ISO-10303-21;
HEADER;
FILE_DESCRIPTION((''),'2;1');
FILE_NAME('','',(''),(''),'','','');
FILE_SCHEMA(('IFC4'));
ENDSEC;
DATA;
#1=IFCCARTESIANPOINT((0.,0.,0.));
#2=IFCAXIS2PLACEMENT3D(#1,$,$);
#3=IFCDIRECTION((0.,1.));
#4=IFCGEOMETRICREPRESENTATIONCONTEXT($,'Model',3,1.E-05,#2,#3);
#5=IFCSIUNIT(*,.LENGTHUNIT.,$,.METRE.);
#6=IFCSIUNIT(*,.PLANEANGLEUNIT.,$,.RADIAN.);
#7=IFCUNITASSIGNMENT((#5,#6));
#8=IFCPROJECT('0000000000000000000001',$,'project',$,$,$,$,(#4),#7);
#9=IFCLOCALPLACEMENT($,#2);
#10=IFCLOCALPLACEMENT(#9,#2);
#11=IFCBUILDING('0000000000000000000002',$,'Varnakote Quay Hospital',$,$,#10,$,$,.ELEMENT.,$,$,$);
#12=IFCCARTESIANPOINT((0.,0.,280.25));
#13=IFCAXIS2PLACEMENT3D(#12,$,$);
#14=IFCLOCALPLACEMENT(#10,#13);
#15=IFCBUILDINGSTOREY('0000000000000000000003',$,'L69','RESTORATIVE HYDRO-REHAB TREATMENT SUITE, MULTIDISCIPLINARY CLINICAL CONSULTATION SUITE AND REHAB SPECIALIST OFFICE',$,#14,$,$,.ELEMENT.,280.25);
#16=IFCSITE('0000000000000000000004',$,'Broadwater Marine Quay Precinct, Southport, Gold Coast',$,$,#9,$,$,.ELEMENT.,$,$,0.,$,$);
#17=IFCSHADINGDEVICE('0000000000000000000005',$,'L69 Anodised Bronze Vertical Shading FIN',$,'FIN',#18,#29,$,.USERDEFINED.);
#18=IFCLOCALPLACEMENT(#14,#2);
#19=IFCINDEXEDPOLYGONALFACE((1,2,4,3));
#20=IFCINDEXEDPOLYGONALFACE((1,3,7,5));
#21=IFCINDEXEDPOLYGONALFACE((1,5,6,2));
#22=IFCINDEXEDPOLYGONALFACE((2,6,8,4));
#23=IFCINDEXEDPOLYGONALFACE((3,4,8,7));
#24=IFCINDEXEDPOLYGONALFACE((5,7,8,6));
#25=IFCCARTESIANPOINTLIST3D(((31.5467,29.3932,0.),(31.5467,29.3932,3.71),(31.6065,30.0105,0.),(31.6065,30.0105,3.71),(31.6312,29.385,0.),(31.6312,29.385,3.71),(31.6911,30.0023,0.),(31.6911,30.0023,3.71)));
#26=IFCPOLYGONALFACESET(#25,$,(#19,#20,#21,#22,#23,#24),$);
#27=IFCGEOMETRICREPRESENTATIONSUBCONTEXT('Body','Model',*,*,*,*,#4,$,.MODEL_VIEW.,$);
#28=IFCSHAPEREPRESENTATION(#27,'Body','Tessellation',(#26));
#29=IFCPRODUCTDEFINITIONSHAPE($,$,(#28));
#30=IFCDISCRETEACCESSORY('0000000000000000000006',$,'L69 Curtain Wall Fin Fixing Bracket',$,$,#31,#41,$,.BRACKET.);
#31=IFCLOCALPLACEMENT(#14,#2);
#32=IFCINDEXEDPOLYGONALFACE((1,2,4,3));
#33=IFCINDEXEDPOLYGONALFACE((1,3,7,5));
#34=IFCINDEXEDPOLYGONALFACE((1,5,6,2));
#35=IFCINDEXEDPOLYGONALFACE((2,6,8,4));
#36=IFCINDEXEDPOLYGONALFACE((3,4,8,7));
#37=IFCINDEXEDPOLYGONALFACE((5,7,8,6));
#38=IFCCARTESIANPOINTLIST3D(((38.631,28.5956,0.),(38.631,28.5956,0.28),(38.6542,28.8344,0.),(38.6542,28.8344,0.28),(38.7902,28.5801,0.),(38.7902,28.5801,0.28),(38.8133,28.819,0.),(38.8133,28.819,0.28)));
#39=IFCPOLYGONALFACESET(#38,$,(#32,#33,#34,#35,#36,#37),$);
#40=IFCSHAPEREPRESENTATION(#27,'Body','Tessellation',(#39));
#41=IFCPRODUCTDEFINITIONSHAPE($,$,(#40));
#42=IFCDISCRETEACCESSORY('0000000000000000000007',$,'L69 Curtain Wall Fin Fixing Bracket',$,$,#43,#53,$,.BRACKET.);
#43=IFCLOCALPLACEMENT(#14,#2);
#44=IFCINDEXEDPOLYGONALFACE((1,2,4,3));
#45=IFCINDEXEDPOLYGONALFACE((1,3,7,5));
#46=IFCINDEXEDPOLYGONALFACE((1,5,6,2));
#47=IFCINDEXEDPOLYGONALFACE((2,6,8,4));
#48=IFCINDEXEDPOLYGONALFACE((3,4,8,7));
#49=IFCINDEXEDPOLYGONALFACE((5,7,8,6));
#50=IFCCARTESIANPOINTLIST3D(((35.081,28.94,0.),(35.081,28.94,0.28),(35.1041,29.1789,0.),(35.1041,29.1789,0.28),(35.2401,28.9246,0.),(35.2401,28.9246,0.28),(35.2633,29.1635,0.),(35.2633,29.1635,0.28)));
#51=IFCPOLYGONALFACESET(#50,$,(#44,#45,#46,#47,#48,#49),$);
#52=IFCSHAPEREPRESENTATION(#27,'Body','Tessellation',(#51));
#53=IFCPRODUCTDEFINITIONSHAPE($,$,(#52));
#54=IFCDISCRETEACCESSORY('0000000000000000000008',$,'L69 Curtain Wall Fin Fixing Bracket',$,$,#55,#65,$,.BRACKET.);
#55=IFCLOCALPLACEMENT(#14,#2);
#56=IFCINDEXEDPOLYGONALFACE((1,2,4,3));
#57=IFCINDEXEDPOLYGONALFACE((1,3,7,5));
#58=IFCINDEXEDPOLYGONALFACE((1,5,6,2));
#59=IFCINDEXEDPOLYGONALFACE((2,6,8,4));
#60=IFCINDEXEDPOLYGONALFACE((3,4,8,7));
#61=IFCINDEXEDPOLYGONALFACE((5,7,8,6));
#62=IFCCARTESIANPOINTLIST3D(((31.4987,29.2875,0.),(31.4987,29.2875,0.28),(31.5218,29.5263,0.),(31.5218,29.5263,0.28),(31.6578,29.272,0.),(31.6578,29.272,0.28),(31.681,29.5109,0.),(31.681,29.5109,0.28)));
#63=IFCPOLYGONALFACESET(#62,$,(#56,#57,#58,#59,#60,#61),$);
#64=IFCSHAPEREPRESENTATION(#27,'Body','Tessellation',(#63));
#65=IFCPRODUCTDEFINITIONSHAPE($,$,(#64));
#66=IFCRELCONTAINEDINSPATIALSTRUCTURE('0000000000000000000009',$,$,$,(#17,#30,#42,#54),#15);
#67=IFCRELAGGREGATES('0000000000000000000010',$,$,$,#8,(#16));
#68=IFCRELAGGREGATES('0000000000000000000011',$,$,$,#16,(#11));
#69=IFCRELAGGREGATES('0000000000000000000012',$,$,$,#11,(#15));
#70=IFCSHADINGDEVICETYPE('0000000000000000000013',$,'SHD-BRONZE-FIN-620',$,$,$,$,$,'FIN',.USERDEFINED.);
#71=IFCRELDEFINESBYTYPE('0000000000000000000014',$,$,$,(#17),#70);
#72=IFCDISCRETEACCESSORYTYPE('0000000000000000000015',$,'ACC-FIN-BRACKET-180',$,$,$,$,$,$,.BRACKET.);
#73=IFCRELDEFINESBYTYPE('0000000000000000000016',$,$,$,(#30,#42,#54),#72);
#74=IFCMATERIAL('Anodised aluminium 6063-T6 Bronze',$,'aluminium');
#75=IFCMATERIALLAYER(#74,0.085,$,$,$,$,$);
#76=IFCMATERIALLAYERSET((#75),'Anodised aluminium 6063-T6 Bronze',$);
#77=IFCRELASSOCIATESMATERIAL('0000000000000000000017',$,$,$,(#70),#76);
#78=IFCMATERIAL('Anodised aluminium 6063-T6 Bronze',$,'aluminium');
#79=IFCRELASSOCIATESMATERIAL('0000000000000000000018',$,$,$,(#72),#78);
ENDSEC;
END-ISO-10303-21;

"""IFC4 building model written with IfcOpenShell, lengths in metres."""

from ifc_helpers import new_model, si_unit, direction, frame, origin, origin_2d, place, context, subcontext, project, spatial, rectangle, extrude, material, layer, layer_set, type_object, element, save


model = new_model("IFC4")

# Units and contexts
model_context = context("Model", 3, precision=1e-05, world=origin(), true_north=direction((0.0, 1.0)))
body_context = subcontext(model_context, "Body", "Model", "MODEL_VIEW")
ifc_project = project(units=[si_unit("LENGTHUNIT", "METRE"), si_unit("PLANEANGLEUNIT", "RADIAN")], contexts=[model_context])

# Site, building, storey
site_placement = place(None, origin())
site = spatial("IfcSite", under=ifc_project, at=site_placement, Name="Broadwater Marine Quay Precinct, Southport, Gold Coast", CompositionType="ELEMENT", RefElevation=0.0)
building_placement = place(site_placement, origin())
building = spatial("IfcBuilding", under=site, at=building_placement, Name="Varnakote Quay Hospital", CompositionType="ELEMENT")
storey_placement = place(building_placement, frame((0.0, 0.0, 280.25)))
storey = spatial("IfcBuildingStorey", under=building, at=storey_placement, Name="L69", Description="RESTORATIVE HYDRO-REHAB TREATMENT SUITE, MULTIDISCIPLINARY CLINICAL CONSULTATION SUITE AND REHAB SPECIALIST OFFICE", CompositionType="ELEMENT", Elevation=280.25)

# Shading device
ifc_material_1 = material(Name="Anodised aluminium 6063-T6 Bronze", Category="aluminium")
ifc_layer_1 = layer(ifc_material_1, 0.085)
ifc_layer_set_1 = layer_set([ifc_layer_1], Name="Anodised aluminium 6063-T6 Bronze")
shading_device_type = type_object("IfcShadingDeviceType", Name="SHD-BRONZE-FIN-620", ElementType="FIN", PredefinedType="USERDEFINED", material=ifc_layer_set_1)
for number, where, z_axis, x_axis, name in (
    (1, (31.6189, 29.6978, 0.0), (0.0, 0.0, 1.0), (-0.096541, -0.995329, 0.0), "L69 Anodised Bronze Vertical Shading FIN"),
):
    element("IfcShadingDevice", number, at=place(storey_placement, frame(where, z_axis=z_axis, x_axis=x_axis)), inside=storey, type_object=shading_device_type, Name=name, ObjectType="FIN", PredefinedType="USERDEFINED", context=body_context, shape_type="SweptSolid", body=[
        extrude(rectangle(XDim=0.6201, YDim=0.085, at=origin_2d()), origin(), (0.0, 0.0, 1.0), 3.71),
    ])

# Discrete accessories
ifc_material_2 = material(Name="Anodised aluminium 6063-T6 Bronze", Category="aluminium")
discrete_accessory_type = type_object("IfcDiscreteAccessoryType", Name="ACC-FIN-BRACKET-180", PredefinedType="BRACKET", material=ifc_material_2)
for number, where, z_axis, x_axis, name in (
    (2, (38.7222, 28.7073, 0.0), (0.0, 0.0, 1.0), (-0.995329, 0.096541, 0.0), "L69 Curtain Wall Fin Fixing Bracket"),
    (3, (35.1721, 29.0518, 0.0), (0.0, 0.0, 1.0), (-0.995329, 0.096541, 0.0), "L69 Curtain Wall Fin Fixing Bracket"),
    (4, (31.5898, 29.3992, 0.0), (0.0, 0.0, 1.0), (-0.995329, 0.096541, 0.0), "L69 Curtain Wall Fin Fixing Bracket"),
):
    element("IfcDiscreteAccessory", number, at=place(storey_placement, frame(where, z_axis=z_axis, x_axis=x_axis)), inside=storey, type_object=discrete_accessory_type, Name=name, PredefinedType="BRACKET", context=body_context, shape_type="SweptSolid", body=[
        extrude(rectangle(XDim=0.1599, YDim=0.24, at=origin_2d()), origin(), (0.0, 0.0, 1.0), 0.28),
    ])

save(model, "model.ifc")
